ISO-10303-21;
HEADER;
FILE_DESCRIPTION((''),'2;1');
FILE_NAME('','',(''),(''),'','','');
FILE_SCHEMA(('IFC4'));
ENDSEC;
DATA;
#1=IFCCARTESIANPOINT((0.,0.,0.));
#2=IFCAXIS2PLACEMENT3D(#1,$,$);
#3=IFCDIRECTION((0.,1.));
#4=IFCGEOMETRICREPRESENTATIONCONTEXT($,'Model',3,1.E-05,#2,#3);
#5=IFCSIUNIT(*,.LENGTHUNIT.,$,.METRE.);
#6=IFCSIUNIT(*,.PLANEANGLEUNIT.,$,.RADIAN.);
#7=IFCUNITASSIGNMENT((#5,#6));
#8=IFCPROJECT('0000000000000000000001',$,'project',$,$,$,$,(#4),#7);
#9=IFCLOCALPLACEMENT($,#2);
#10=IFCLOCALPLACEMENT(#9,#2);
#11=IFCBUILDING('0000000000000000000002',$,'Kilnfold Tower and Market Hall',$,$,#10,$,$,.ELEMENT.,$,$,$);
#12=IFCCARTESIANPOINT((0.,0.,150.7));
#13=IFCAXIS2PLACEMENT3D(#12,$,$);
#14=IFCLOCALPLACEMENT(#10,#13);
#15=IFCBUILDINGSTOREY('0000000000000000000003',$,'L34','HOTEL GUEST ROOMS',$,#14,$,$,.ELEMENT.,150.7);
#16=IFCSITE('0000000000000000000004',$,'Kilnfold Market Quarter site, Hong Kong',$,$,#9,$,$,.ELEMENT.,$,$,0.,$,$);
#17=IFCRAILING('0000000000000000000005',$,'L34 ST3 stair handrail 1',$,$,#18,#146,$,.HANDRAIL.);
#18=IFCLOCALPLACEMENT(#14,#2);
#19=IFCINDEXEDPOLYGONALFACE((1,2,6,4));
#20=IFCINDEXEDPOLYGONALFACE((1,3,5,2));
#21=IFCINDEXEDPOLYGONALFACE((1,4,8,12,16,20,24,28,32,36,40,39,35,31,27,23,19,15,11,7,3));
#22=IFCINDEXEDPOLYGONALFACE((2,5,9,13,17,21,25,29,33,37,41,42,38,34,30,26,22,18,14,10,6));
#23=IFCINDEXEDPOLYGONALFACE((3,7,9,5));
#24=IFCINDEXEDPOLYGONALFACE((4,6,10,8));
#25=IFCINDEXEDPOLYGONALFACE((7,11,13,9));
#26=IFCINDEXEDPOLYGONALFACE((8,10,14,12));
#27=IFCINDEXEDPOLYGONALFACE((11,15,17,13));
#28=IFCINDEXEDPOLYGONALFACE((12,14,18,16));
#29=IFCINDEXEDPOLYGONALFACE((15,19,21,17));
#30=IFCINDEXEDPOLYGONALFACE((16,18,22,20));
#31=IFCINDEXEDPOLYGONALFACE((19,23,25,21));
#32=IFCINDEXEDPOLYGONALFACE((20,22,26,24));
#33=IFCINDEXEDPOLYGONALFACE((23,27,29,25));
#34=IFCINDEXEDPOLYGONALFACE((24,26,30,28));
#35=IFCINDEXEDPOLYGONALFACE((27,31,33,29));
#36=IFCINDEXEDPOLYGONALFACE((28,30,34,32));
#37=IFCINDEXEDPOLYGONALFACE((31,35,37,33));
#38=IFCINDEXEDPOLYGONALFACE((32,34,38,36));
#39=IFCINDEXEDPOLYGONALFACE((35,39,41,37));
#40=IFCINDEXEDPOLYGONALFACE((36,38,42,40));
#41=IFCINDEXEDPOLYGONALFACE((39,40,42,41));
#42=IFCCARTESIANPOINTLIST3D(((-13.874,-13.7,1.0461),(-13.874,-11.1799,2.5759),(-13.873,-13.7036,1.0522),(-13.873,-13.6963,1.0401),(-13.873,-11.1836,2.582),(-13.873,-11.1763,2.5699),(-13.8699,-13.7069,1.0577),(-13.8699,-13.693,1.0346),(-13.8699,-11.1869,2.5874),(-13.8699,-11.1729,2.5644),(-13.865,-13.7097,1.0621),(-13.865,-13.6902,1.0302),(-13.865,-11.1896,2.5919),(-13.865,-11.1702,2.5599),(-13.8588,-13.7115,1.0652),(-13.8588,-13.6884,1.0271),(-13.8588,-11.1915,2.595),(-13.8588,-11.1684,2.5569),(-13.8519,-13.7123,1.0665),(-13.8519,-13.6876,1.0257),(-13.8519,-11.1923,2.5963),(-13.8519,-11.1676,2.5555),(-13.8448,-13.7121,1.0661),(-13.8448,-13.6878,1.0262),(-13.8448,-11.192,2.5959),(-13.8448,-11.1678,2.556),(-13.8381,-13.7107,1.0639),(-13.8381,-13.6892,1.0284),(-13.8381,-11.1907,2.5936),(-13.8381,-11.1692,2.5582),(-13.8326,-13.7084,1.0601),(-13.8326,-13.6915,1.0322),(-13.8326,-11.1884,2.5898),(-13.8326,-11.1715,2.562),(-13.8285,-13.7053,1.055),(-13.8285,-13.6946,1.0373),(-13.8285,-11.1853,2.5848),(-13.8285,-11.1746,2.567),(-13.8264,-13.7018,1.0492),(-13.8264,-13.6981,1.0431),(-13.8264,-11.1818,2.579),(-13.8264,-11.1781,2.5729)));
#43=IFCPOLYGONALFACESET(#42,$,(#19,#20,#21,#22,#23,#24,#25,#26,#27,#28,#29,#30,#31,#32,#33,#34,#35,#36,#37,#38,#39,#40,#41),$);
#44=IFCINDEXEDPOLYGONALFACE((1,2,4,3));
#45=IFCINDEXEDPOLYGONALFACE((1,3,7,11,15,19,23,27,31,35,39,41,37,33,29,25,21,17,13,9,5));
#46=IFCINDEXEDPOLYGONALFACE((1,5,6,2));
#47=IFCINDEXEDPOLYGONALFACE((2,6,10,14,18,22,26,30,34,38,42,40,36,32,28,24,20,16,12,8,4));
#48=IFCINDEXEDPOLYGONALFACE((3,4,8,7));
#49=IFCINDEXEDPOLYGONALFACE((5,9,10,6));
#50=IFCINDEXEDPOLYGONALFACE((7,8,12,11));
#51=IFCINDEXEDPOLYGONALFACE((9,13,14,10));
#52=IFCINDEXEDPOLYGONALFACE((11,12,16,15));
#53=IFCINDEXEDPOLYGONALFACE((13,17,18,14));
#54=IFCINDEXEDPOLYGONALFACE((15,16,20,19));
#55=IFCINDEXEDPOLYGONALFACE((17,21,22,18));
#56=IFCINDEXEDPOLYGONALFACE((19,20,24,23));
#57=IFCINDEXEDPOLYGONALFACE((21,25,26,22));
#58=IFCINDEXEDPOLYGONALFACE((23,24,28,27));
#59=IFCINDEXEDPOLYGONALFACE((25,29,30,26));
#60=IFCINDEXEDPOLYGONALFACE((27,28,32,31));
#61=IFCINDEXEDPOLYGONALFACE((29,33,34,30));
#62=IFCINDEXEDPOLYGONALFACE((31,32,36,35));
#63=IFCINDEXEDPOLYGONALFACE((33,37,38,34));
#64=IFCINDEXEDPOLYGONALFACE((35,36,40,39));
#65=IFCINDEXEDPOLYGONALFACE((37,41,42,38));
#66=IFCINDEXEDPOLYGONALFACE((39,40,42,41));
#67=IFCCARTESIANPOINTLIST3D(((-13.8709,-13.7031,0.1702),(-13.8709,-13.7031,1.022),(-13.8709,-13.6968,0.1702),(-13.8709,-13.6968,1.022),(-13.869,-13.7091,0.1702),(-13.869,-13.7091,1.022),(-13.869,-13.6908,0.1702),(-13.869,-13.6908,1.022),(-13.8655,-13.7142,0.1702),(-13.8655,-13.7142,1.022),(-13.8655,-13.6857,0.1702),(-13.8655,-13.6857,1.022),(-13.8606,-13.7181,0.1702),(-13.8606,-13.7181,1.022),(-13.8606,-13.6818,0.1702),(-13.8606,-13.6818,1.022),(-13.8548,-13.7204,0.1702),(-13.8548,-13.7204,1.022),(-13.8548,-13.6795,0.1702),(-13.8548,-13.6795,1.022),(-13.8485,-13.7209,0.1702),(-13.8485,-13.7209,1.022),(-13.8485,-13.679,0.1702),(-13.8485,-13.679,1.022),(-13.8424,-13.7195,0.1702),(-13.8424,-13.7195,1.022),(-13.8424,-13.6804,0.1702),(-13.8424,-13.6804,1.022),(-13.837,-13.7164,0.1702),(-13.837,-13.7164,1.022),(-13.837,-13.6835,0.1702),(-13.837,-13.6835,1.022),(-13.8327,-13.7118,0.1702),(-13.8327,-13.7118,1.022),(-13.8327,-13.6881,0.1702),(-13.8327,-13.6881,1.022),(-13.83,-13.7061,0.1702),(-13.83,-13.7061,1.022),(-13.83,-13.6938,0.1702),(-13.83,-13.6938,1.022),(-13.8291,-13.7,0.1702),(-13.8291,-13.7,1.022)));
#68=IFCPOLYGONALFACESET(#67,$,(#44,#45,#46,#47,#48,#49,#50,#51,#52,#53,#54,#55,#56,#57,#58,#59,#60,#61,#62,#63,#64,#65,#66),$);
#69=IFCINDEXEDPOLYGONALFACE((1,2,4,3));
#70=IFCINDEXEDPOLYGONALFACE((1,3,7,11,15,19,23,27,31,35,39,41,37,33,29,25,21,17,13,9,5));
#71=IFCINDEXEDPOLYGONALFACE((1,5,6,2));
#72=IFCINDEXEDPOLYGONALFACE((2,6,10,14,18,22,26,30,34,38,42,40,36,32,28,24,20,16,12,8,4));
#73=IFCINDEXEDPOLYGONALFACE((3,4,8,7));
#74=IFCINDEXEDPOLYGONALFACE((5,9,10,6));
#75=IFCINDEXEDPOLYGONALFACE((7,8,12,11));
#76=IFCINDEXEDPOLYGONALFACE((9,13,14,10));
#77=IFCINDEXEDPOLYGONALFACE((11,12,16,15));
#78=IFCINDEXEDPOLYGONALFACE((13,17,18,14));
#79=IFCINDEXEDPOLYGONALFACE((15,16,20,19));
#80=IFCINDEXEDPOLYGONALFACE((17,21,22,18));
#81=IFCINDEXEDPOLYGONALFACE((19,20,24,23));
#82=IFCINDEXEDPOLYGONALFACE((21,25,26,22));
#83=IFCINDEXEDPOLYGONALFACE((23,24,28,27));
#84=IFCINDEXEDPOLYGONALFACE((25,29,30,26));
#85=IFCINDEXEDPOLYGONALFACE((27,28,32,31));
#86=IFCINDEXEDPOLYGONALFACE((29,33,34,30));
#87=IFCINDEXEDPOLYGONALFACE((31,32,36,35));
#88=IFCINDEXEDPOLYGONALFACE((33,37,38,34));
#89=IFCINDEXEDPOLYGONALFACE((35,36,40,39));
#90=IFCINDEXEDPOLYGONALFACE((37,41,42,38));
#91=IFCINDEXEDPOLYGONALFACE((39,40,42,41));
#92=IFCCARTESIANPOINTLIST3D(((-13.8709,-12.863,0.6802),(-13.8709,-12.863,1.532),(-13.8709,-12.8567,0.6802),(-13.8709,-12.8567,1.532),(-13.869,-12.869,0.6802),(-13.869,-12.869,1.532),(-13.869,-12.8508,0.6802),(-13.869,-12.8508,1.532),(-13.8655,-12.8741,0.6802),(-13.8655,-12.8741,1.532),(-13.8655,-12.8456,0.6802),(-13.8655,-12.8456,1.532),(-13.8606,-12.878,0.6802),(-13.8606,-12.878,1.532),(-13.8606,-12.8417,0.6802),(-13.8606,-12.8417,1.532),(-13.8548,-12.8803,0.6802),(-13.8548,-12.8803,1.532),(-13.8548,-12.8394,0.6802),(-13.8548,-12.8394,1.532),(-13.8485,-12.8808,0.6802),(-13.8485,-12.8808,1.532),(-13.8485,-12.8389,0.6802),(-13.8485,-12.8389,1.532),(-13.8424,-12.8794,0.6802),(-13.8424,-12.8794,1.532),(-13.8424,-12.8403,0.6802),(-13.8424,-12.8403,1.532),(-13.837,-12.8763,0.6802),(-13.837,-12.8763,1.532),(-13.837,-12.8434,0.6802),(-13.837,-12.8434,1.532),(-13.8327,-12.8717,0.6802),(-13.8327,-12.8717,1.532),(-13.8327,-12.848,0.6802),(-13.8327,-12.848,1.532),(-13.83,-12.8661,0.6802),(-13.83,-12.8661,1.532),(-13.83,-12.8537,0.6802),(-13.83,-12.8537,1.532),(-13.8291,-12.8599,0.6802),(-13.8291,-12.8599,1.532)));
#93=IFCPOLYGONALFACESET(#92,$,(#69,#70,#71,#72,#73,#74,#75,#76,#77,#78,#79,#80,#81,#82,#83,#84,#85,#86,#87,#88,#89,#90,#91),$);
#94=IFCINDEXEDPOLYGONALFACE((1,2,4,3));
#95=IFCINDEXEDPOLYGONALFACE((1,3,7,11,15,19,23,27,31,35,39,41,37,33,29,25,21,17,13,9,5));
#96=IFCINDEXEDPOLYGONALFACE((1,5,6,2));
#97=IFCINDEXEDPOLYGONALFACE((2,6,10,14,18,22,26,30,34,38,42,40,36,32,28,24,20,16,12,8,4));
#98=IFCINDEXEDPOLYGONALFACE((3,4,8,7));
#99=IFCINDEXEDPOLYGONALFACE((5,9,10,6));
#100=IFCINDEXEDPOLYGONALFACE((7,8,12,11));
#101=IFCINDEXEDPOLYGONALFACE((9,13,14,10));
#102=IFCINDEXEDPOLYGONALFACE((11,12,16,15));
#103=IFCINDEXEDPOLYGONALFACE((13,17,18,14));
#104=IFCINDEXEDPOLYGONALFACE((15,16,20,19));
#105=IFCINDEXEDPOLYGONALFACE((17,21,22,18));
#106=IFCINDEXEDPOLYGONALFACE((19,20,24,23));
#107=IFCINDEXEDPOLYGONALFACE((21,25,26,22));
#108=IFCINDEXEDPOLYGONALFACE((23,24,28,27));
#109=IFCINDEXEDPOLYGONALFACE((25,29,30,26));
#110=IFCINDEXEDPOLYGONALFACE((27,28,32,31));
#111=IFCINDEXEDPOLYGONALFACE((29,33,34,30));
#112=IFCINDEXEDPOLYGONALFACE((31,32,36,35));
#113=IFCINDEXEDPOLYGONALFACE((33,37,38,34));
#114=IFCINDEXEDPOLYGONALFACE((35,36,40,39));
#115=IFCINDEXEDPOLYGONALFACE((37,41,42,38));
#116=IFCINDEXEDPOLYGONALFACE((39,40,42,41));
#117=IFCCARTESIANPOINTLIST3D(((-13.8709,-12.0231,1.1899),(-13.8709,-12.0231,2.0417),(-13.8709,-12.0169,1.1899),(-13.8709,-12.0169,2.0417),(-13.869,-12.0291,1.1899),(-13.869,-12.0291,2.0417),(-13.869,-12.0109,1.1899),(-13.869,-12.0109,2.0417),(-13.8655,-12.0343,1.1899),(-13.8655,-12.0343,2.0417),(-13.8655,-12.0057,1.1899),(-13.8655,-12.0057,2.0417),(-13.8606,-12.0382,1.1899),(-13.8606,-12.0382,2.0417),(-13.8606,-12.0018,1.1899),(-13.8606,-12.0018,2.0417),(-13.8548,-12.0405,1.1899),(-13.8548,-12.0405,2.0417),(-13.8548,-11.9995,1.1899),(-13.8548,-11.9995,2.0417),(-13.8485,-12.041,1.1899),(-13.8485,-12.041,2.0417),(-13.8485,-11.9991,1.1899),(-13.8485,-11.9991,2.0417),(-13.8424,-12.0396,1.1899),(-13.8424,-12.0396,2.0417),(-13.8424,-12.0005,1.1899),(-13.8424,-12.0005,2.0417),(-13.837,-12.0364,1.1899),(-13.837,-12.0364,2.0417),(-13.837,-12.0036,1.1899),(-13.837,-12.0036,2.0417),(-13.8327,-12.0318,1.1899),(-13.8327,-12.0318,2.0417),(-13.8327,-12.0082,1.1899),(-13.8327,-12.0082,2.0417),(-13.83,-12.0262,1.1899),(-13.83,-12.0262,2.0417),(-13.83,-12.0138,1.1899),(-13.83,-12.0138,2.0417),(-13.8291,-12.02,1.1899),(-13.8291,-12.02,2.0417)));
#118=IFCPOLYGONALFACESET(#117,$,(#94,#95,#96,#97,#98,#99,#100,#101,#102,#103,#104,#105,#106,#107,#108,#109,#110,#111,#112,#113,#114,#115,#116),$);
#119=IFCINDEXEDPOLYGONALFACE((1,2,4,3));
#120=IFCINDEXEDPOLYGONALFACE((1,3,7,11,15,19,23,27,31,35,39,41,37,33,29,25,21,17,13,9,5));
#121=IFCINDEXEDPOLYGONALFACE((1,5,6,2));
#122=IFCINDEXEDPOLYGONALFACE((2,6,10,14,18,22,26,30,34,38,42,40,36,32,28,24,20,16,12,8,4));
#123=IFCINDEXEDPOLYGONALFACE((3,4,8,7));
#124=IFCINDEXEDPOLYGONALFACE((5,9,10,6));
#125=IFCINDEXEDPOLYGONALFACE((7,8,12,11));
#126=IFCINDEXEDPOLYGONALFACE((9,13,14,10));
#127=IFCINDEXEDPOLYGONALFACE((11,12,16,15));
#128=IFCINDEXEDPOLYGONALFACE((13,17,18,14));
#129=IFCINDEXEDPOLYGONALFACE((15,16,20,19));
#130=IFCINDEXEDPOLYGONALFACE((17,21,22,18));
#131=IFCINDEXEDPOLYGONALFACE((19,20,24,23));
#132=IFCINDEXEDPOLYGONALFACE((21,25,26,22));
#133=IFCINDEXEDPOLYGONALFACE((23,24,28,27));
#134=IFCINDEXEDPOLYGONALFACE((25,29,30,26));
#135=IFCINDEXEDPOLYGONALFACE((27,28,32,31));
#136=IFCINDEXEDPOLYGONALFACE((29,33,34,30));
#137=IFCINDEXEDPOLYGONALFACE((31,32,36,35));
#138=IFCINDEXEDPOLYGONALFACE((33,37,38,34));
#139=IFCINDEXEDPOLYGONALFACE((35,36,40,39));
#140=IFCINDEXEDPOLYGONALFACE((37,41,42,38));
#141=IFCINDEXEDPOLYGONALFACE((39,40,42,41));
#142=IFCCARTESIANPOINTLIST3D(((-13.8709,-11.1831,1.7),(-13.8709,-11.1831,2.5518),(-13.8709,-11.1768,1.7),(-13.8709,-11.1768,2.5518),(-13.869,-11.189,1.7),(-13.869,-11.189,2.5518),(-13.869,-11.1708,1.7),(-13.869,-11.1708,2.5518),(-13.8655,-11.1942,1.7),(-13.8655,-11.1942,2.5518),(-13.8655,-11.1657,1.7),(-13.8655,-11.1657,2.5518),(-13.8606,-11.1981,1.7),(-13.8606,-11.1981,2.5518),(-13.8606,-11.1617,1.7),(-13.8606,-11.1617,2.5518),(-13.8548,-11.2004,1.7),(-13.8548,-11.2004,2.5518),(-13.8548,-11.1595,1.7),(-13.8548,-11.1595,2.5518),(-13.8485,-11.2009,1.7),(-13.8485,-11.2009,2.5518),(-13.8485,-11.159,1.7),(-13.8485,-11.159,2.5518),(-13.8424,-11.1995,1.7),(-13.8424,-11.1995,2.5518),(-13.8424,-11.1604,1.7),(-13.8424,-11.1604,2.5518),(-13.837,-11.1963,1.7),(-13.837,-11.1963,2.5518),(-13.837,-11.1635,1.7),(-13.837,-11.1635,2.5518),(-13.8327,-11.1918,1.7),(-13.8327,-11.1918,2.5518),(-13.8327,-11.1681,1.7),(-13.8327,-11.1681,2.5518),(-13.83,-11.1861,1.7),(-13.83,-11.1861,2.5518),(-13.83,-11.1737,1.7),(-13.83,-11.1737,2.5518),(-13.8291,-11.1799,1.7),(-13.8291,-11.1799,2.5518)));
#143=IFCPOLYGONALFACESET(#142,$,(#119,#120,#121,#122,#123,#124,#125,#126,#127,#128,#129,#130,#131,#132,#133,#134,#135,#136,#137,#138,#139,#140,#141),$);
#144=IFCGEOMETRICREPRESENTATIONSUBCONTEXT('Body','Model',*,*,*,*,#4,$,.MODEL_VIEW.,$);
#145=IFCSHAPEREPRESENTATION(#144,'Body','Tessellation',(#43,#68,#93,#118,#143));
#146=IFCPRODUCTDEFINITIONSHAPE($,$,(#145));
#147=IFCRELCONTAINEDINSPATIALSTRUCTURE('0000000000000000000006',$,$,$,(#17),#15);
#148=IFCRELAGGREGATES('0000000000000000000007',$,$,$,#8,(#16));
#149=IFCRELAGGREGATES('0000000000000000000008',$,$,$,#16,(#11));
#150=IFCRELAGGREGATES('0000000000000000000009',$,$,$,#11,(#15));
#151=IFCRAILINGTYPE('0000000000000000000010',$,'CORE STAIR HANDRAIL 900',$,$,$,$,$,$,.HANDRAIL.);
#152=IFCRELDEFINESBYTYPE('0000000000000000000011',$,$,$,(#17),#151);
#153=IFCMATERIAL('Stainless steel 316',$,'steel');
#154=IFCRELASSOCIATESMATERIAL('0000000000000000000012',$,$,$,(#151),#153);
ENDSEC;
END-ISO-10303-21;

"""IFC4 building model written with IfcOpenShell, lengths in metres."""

from ifc_helpers import new_model, si_unit, direction, frame, origin, origin_2d, place, context, subcontext, project, spatial, circle, extrude, material, type_object, element, save


model = new_model("IFC4")

# Units and contexts
model_context = context("Model", 3, precision=1e-05, world=origin(), true_north=direction((0.0, 1.0)))
body_context = subcontext(model_context, "Body", "Model", "MODEL_VIEW")
ifc_project = project(units=[si_unit("LENGTHUNIT", "METRE"), si_unit("PLANEANGLEUNIT", "RADIAN")], contexts=[model_context])

# Site, building, storey
site_placement = place(None, origin())
site = spatial("IfcSite", under=ifc_project, at=site_placement, Name="Kilnfold Market Quarter site, Hong Kong", CompositionType="ELEMENT", RefElevation=0.0)
building_placement = place(site_placement, origin())
building = spatial("IfcBuilding", under=site, at=building_placement, Name="Kilnfold Tower and Market Hall", CompositionType="ELEMENT")
storey_placement = place(building_placement, frame((0.0, 0.0, 150.7)))
storey = spatial("IfcBuildingStorey", under=building, at=storey_placement, Name="L34", Description="HOTEL GUEST ROOMS", CompositionType="ELEMENT", Elevation=150.7)

# Railing
ifc_material_1 = material(Name="Stainless steel 316", Category="steel")
railing_type_1 = type_object("IfcRailingType", Name="CORE STAIR HANDRAIL 900", PredefinedType="HANDRAIL", material=ifc_material_1)
railing_1_placement = place(storey_placement, frame((-13.8501, -13.7, 0.1702)))
element("IfcRailing", 1, at=railing_1_placement, inside=storey, type_object=railing_type_1, Name="L34 ST3 stair handrail 1", PredefinedType="HANDRAIL", context=body_context, shape_type="SweptSolid", body=[
    extrude(circle(Radius=0.0239, at=origin_2d()), frame((0.0, 0.0, 0.876), z_axis=(0.0, 0.854822, 0.518922), x_axis=(-1.0, 0.0, 0.0)), (0.0, 0.0, 1.0), 2.948),
    extrude(circle(Radius=0.021, at=origin_2d()), origin(), (0.0, 0.0, 1.0), 0.8518),
    extrude(circle(Radius=0.021, at=origin_2d()), frame((0.0, 0.8401, 0.51)), (0.0, 0.0, 1.0), 0.8518),
    extrude(circle(Radius=0.021, at=origin_2d()), frame((0.0, 1.6799, 1.0198)), (0.0, 0.0, 1.0), 0.8518),
    extrude(circle(Radius=0.021, at=origin_2d()), frame((0.0, 2.52, 1.5298)), (0.0, 0.0, 1.0), 0.8518),
])

save(model, "model.ifc")
